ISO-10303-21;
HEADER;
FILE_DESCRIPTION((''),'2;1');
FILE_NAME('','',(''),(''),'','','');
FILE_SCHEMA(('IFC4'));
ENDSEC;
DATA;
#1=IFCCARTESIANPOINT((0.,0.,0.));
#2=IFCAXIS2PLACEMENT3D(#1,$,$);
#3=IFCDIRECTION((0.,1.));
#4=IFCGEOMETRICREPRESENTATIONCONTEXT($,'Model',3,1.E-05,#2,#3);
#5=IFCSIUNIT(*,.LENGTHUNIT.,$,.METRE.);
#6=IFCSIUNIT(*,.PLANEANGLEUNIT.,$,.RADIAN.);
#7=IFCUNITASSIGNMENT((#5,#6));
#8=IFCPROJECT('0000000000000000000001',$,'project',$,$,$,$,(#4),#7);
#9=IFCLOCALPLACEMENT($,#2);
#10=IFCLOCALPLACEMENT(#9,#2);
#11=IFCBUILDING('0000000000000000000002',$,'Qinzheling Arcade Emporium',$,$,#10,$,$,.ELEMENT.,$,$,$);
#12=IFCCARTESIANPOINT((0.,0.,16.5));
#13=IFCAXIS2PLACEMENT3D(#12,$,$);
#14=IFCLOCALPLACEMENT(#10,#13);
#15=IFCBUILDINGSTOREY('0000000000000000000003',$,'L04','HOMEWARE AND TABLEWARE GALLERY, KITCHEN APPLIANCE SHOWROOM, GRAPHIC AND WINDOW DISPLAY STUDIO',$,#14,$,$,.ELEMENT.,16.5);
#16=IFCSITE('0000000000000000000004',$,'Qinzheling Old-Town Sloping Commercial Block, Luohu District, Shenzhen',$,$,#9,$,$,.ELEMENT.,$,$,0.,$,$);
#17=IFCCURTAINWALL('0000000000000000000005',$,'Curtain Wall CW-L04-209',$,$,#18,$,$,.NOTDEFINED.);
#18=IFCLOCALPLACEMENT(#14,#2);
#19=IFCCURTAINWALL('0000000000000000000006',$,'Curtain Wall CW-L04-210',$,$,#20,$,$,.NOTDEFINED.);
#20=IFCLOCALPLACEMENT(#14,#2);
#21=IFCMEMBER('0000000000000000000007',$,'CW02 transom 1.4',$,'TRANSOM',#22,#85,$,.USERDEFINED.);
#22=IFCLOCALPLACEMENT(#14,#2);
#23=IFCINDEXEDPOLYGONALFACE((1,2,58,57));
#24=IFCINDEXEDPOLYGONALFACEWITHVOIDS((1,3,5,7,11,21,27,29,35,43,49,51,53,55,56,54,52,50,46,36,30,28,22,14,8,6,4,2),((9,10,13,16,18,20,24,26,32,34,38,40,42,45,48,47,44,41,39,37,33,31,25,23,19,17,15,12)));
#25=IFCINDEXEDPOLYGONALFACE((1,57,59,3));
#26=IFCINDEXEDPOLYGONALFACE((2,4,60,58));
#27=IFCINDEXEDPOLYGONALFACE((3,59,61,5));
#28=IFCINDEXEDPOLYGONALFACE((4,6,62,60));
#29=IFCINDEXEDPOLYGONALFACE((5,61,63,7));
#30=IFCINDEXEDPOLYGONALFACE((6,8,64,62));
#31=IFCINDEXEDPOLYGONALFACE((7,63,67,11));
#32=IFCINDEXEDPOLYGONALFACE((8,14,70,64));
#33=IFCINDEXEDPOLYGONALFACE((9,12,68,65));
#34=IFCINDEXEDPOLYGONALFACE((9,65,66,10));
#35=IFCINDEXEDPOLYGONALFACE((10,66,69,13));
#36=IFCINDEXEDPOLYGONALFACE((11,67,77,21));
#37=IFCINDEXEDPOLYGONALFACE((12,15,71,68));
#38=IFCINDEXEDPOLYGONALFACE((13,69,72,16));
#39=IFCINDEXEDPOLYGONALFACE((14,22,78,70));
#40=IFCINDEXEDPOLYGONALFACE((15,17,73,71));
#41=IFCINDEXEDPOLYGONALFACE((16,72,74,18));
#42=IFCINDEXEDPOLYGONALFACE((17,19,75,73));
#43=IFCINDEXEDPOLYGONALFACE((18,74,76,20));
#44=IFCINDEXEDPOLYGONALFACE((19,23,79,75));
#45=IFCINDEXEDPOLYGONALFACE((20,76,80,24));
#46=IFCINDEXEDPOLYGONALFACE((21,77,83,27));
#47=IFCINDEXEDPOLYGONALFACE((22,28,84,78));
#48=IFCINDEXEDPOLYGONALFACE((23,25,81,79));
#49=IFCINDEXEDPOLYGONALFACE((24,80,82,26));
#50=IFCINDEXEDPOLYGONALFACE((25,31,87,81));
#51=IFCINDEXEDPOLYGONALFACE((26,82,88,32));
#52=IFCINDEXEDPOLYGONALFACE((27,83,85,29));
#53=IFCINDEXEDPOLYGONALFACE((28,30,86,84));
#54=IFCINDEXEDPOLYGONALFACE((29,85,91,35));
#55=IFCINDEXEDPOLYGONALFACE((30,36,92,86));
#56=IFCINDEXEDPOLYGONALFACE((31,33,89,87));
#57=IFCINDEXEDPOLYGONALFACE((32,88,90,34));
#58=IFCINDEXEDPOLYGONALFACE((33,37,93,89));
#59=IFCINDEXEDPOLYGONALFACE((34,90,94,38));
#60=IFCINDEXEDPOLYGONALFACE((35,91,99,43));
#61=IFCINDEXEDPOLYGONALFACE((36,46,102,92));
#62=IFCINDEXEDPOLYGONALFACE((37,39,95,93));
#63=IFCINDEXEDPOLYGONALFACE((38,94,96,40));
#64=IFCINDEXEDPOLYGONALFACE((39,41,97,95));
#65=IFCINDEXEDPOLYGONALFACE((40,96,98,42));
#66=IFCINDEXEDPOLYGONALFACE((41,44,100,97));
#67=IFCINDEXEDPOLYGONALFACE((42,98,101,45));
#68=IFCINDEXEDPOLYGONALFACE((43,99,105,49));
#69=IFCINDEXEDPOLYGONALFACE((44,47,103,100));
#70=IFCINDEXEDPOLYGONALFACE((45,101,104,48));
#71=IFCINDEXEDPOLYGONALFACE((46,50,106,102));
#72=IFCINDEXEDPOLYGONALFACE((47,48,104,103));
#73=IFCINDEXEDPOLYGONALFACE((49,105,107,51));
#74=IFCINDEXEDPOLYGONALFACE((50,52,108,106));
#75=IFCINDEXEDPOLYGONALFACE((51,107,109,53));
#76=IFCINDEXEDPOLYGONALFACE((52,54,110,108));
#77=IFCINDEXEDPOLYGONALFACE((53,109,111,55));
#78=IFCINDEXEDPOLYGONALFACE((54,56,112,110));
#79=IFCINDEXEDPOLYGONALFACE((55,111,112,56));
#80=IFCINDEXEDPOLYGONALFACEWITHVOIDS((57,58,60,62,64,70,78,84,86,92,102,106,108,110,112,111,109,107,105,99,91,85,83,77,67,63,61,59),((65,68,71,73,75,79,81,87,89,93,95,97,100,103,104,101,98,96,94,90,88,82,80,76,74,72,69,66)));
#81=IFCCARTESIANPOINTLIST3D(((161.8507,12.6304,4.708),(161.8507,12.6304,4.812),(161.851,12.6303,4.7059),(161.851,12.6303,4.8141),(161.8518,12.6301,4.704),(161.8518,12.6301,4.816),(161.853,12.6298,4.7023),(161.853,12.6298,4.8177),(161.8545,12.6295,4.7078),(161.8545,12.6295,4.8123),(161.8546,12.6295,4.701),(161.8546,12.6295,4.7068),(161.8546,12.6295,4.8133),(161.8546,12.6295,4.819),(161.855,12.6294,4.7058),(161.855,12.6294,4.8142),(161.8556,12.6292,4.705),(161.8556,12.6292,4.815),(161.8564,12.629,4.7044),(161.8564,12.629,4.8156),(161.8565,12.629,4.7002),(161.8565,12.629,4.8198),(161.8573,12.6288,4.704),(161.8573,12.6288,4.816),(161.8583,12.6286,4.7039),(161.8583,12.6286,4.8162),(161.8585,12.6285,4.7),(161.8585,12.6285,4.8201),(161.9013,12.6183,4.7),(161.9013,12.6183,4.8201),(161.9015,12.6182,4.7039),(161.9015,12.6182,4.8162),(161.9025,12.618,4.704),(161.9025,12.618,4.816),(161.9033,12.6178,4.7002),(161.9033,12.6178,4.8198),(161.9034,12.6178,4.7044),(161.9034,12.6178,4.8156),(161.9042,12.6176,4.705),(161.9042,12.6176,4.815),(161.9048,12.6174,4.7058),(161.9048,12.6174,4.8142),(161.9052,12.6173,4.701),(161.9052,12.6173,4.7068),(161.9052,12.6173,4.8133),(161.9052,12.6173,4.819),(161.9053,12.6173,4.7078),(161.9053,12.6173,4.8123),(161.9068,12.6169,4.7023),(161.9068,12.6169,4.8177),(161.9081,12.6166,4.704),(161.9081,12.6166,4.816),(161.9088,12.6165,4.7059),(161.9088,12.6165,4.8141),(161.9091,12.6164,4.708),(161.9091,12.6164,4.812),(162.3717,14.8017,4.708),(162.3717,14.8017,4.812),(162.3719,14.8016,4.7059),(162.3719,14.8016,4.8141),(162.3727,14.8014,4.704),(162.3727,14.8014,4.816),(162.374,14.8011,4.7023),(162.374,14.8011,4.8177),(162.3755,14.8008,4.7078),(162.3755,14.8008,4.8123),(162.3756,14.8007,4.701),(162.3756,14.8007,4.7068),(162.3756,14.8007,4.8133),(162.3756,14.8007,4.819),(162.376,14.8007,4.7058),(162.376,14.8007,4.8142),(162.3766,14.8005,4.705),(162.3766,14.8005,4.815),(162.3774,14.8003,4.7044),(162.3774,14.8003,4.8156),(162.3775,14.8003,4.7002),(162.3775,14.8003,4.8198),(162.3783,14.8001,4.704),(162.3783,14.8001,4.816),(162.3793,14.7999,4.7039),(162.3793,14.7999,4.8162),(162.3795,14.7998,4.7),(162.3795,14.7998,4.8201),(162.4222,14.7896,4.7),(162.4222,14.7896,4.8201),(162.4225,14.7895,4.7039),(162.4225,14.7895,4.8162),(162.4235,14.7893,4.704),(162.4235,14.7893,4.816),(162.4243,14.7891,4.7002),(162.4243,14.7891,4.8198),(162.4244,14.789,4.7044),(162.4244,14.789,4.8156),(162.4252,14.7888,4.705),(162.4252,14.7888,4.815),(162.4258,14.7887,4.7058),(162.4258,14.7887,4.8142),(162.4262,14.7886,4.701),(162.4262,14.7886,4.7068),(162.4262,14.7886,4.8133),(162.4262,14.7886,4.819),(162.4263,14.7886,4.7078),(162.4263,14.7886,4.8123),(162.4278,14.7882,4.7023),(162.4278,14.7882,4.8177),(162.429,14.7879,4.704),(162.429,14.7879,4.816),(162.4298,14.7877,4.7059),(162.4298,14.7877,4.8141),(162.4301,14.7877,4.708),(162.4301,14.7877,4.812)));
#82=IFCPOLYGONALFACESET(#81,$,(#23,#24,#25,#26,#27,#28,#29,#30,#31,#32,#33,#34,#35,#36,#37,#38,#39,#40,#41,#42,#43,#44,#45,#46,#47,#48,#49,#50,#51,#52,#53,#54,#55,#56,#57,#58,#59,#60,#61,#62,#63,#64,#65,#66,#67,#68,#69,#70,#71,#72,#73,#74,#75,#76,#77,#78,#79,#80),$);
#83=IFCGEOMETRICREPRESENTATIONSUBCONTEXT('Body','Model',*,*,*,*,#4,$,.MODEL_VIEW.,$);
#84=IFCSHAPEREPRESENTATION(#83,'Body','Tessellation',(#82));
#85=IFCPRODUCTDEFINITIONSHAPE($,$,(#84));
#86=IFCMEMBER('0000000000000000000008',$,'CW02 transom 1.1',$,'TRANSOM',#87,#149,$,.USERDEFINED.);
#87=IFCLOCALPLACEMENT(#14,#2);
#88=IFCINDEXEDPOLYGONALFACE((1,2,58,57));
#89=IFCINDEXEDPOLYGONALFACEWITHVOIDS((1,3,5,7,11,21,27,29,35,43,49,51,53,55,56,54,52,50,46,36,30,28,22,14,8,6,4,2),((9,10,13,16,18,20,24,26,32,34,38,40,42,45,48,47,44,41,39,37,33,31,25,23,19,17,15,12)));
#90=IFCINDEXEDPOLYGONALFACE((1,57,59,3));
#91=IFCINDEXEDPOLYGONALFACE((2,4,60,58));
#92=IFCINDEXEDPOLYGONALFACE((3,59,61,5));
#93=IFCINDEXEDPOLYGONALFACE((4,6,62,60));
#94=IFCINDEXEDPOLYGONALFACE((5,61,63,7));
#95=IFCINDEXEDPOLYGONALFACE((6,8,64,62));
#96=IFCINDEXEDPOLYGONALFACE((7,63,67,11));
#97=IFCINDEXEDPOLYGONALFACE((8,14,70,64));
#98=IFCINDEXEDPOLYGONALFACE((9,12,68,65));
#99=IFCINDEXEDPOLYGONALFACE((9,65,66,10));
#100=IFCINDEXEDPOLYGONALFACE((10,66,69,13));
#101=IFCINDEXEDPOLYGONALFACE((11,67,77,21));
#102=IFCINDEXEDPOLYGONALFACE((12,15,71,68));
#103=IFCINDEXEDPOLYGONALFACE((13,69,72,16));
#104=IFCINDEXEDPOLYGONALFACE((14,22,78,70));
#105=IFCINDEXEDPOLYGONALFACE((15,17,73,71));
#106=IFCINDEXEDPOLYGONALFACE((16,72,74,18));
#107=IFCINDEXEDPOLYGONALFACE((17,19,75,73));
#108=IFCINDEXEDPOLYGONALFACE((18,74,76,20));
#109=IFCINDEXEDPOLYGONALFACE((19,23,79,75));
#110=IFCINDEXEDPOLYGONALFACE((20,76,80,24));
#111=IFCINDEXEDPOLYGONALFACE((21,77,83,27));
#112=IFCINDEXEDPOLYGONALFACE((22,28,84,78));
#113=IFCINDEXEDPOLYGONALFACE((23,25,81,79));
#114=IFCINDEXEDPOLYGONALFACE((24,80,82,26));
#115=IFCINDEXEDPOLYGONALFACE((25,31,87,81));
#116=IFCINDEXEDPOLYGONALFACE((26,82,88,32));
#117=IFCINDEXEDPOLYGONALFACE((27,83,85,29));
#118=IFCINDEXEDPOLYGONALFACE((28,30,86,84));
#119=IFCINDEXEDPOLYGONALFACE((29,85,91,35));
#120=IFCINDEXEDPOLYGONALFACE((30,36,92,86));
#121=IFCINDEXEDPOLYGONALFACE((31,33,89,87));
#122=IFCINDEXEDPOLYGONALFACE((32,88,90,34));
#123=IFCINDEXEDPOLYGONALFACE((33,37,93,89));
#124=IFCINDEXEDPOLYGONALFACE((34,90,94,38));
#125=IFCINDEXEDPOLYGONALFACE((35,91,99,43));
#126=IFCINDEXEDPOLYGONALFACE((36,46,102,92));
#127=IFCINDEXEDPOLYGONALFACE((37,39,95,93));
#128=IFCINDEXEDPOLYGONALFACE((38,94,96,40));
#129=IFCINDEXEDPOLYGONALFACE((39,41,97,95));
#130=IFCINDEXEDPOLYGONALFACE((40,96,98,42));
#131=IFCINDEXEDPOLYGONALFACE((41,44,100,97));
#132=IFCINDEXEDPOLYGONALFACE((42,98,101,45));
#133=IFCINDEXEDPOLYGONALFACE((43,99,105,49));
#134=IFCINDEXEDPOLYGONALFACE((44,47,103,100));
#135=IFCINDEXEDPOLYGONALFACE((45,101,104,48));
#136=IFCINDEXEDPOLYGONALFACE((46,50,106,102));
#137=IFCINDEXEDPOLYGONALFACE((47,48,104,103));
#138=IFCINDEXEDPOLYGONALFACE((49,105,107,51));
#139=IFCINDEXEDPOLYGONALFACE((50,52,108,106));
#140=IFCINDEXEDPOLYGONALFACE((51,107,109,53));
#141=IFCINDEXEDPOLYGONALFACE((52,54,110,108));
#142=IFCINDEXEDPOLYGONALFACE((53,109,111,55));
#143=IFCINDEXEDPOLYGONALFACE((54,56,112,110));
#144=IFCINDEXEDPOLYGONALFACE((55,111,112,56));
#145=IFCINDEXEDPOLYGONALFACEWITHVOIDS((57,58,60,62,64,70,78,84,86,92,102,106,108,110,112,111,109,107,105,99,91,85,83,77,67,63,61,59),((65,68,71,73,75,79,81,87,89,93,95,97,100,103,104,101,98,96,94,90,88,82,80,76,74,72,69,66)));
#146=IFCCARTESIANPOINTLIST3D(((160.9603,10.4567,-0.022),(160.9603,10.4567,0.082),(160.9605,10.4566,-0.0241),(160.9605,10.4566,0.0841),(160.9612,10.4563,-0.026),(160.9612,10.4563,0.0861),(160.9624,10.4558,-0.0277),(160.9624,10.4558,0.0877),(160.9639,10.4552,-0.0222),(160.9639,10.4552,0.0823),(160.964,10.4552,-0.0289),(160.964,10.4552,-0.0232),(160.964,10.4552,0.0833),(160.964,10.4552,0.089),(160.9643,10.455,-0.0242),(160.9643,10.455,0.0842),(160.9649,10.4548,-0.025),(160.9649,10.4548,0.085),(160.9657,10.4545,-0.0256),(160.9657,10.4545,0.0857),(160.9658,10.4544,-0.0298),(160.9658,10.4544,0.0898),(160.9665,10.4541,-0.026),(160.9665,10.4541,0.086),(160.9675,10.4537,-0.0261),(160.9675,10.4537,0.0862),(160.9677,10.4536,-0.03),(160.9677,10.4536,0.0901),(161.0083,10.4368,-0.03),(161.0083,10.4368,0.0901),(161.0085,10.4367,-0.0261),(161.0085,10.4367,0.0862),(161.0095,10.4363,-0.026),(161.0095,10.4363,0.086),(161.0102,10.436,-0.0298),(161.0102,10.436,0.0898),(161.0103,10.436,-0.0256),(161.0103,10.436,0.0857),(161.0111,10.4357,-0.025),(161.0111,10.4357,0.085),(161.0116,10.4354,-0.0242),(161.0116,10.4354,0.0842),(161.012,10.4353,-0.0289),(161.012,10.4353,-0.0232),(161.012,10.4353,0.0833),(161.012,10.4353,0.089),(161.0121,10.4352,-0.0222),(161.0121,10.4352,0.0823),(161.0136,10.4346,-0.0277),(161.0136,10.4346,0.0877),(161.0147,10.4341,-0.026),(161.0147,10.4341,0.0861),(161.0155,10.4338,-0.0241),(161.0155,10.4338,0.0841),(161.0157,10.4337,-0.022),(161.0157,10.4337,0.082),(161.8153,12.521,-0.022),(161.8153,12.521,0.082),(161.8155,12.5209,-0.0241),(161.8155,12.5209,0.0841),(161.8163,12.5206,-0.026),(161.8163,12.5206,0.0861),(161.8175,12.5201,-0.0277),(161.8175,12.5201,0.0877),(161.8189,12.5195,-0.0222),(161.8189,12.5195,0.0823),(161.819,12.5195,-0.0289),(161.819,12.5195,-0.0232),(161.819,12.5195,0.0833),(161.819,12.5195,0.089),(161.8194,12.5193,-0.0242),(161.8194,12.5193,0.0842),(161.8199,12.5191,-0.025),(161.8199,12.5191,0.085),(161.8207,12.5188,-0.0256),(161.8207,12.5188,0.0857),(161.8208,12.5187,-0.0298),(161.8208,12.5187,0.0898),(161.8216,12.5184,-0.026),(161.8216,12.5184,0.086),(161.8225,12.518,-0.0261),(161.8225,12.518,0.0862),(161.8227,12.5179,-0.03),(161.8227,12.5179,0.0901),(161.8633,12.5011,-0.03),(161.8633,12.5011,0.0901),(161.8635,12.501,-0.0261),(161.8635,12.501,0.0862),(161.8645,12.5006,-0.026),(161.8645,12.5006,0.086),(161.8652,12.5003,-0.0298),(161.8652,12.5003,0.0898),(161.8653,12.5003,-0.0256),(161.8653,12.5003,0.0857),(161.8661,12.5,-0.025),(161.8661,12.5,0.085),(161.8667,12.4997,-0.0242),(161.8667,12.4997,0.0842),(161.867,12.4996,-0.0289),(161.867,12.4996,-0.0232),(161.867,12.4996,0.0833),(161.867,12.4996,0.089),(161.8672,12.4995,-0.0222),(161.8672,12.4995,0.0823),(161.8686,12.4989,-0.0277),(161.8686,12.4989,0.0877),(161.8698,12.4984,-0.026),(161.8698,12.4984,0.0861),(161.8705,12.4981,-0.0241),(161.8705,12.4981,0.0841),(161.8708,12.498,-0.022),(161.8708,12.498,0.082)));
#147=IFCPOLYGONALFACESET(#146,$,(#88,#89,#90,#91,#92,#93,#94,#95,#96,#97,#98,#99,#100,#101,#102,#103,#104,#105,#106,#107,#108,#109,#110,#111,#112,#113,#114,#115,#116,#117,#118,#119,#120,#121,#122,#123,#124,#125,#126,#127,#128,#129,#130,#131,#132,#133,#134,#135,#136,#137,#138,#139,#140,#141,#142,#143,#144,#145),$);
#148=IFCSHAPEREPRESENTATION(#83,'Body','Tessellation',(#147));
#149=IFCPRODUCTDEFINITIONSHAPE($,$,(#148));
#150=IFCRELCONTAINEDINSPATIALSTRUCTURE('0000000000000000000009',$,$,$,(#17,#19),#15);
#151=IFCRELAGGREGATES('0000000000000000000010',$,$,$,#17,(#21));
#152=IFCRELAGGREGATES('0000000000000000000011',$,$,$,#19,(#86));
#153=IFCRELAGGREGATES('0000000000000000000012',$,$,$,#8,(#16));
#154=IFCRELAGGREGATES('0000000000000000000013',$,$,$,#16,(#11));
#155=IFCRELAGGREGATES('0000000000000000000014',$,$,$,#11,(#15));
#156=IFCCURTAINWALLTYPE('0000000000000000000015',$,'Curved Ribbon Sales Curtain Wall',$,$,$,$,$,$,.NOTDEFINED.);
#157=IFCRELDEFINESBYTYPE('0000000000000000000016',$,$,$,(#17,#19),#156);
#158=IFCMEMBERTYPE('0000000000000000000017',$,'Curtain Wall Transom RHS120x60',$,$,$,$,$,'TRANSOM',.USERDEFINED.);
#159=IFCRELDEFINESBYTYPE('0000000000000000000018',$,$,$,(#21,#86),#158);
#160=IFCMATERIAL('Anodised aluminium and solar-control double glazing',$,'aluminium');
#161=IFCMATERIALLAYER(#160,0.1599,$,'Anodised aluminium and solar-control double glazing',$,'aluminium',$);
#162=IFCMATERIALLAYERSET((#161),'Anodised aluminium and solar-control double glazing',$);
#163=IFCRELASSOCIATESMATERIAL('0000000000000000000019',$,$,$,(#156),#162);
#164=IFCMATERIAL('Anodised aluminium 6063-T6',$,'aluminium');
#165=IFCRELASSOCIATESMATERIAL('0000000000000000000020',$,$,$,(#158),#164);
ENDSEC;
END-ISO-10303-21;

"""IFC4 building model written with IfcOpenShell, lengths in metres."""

from ifc_helpers import new_model, si_unit, direction, frame, origin, origin_2d, place, context, subcontext, project, spatial, hollow_rectangle, extrude, material, layer, layer_set, material_profile, profile_set, type_object, element, aggregate, save


model = new_model("IFC4")

# Units and contexts
model_context = context("Model", 3, precision=1e-05, world=origin(), true_north=direction((0.0, 1.0)))
body_context = subcontext(model_context, "Body", "Model", "MODEL_VIEW")
ifc_project = project(units=[si_unit("LENGTHUNIT", "METRE"), si_unit("PLANEANGLEUNIT", "RADIAN")], contexts=[model_context])

# Site, building, storey
site_placement = place(None, origin())
site = spatial("IfcSite", under=ifc_project, at=site_placement, Name="Qinzheling Old-Town Sloping Commercial Block, Luohu District, Shenzhen", CompositionType="ELEMENT", RefElevation=0.0)
building_placement = place(site_placement, origin())
building = spatial("IfcBuilding", under=site, at=building_placement, Name="Qinzheling Arcade Emporium", CompositionType="ELEMENT")
storey_placement = place(building_placement, frame((0.0, 0.0, 16.5)))
storey = spatial("IfcBuildingStorey", under=building, at=storey_placement, Name="L04", Description="HOMEWARE AND TABLEWARE GALLERY, KITCHEN APPLIANCE SHOWROOM, GRAPHIC AND WINDOW DISPLAY STUDIO", CompositionType="ELEMENT", Elevation=16.5)

# Curtain walls
ifc_material_1 = material(Name="Anodised aluminium and solar-control double glazing", Category="aluminium")
ifc_material_2 = material(Name="Anodised aluminium 6063-T6", Category="aluminium")
ifc_layer_1 = layer(ifc_material_1, 0.1599, Name="Anodised aluminium and solar-control double glazing", Category="aluminium")
ifc_layer_set_1 = layer_set([ifc_layer_1], Name="Anodised aluminium and solar-control double glazing")
curtain_wall_type_1 = type_object("IfcCurtainWallType", Name="Curved Ribbon Sales Curtain Wall", PredefinedType="NOTDEFINED", material=ifc_layer_set_1)
curtain_wall_1_placement = place(storey_placement, origin())
curtain_wall_1 = element("IfcCurtainWall", 1, at=curtain_wall_1_placement, inside=storey, type_object=curtain_wall_type_1, Name="Curtain Wall CW-L04-209", PredefinedType="NOTDEFINED")
curtain_wall_2_placement = place(storey_placement, origin())
curtain_wall_2 = element("IfcCurtainWall", 2, at=curtain_wall_2_placement, inside=storey, type_object=curtain_wall_type_1, Name="Curtain Wall CW-L04-210", PredefinedType="NOTDEFINED")

# Members
ifc_material_profile_1 = material_profile(ifc_material_2, hollow_rectangle(XDim=0.0601, YDim=0.1201, WallThickness=0.0039, InnerFilletRadius=0.0039, OuterFilletRadius=0.0081, at=origin_2d()), Name="RHS 120x60x4", Category="aluminium")
ifc_profile_set_1 = profile_set([ifc_material_profile_1], Name="Anodised aluminium 6063-T6")
member_type_1 = type_object("IfcMemberType", Name="Curtain Wall Transom RHS120x60", ElementType="TRANSOM", PredefinedType="USERDEFINED", material=ifc_profile_set_1)
member_1_placement = place(storey_placement, frame((162.4009, 14.7947, 4.76), z_axis=(-0.233315, -0.972401, 0.0), x_axis=(0.972401, -0.233315, 0.0)))
member_1 = element("IfcMember", 3, at=member_1_placement, type_object=member_type_1, Name="CW02 transom 1.4", ObjectType="TRANSOM", PredefinedType="USERDEFINED", context=body_context, shape_type="SweptSolid", body=[
    extrude(hollow_rectangle(XDim=0.0601, YDim=0.1201, WallThickness=0.0039, InnerFilletRadius=0.0039, OuterFilletRadius=0.0081, at=origin_2d()), origin(), (0.0, 0.0, 1.0), 2.2329),
])
member_2_placement = place(storey_placement, frame((161.843, 12.5095, 0.03), z_axis=(-0.382667, -0.923886, 0.0), x_axis=(0.923886, -0.382667, 0.0)))
member_2 = element("IfcMember", 4, at=member_2_placement, type_object=member_type_1, Name="CW02 transom 1.1", ObjectType="TRANSOM", PredefinedType="USERDEFINED", context=body_context, shape_type="SweptSolid", body=[
    extrude(hollow_rectangle(XDim=0.0601, YDim=0.1201, WallThickness=0.0039, InnerFilletRadius=0.0039, OuterFilletRadius=0.0081, at=origin_2d()), origin(), (0.0, 0.0, 1.0), 2.2344),
])

aggregate(curtain_wall_1, [member_1])
aggregate(curtain_wall_2, [member_2])

save(model, "model.ifc")
